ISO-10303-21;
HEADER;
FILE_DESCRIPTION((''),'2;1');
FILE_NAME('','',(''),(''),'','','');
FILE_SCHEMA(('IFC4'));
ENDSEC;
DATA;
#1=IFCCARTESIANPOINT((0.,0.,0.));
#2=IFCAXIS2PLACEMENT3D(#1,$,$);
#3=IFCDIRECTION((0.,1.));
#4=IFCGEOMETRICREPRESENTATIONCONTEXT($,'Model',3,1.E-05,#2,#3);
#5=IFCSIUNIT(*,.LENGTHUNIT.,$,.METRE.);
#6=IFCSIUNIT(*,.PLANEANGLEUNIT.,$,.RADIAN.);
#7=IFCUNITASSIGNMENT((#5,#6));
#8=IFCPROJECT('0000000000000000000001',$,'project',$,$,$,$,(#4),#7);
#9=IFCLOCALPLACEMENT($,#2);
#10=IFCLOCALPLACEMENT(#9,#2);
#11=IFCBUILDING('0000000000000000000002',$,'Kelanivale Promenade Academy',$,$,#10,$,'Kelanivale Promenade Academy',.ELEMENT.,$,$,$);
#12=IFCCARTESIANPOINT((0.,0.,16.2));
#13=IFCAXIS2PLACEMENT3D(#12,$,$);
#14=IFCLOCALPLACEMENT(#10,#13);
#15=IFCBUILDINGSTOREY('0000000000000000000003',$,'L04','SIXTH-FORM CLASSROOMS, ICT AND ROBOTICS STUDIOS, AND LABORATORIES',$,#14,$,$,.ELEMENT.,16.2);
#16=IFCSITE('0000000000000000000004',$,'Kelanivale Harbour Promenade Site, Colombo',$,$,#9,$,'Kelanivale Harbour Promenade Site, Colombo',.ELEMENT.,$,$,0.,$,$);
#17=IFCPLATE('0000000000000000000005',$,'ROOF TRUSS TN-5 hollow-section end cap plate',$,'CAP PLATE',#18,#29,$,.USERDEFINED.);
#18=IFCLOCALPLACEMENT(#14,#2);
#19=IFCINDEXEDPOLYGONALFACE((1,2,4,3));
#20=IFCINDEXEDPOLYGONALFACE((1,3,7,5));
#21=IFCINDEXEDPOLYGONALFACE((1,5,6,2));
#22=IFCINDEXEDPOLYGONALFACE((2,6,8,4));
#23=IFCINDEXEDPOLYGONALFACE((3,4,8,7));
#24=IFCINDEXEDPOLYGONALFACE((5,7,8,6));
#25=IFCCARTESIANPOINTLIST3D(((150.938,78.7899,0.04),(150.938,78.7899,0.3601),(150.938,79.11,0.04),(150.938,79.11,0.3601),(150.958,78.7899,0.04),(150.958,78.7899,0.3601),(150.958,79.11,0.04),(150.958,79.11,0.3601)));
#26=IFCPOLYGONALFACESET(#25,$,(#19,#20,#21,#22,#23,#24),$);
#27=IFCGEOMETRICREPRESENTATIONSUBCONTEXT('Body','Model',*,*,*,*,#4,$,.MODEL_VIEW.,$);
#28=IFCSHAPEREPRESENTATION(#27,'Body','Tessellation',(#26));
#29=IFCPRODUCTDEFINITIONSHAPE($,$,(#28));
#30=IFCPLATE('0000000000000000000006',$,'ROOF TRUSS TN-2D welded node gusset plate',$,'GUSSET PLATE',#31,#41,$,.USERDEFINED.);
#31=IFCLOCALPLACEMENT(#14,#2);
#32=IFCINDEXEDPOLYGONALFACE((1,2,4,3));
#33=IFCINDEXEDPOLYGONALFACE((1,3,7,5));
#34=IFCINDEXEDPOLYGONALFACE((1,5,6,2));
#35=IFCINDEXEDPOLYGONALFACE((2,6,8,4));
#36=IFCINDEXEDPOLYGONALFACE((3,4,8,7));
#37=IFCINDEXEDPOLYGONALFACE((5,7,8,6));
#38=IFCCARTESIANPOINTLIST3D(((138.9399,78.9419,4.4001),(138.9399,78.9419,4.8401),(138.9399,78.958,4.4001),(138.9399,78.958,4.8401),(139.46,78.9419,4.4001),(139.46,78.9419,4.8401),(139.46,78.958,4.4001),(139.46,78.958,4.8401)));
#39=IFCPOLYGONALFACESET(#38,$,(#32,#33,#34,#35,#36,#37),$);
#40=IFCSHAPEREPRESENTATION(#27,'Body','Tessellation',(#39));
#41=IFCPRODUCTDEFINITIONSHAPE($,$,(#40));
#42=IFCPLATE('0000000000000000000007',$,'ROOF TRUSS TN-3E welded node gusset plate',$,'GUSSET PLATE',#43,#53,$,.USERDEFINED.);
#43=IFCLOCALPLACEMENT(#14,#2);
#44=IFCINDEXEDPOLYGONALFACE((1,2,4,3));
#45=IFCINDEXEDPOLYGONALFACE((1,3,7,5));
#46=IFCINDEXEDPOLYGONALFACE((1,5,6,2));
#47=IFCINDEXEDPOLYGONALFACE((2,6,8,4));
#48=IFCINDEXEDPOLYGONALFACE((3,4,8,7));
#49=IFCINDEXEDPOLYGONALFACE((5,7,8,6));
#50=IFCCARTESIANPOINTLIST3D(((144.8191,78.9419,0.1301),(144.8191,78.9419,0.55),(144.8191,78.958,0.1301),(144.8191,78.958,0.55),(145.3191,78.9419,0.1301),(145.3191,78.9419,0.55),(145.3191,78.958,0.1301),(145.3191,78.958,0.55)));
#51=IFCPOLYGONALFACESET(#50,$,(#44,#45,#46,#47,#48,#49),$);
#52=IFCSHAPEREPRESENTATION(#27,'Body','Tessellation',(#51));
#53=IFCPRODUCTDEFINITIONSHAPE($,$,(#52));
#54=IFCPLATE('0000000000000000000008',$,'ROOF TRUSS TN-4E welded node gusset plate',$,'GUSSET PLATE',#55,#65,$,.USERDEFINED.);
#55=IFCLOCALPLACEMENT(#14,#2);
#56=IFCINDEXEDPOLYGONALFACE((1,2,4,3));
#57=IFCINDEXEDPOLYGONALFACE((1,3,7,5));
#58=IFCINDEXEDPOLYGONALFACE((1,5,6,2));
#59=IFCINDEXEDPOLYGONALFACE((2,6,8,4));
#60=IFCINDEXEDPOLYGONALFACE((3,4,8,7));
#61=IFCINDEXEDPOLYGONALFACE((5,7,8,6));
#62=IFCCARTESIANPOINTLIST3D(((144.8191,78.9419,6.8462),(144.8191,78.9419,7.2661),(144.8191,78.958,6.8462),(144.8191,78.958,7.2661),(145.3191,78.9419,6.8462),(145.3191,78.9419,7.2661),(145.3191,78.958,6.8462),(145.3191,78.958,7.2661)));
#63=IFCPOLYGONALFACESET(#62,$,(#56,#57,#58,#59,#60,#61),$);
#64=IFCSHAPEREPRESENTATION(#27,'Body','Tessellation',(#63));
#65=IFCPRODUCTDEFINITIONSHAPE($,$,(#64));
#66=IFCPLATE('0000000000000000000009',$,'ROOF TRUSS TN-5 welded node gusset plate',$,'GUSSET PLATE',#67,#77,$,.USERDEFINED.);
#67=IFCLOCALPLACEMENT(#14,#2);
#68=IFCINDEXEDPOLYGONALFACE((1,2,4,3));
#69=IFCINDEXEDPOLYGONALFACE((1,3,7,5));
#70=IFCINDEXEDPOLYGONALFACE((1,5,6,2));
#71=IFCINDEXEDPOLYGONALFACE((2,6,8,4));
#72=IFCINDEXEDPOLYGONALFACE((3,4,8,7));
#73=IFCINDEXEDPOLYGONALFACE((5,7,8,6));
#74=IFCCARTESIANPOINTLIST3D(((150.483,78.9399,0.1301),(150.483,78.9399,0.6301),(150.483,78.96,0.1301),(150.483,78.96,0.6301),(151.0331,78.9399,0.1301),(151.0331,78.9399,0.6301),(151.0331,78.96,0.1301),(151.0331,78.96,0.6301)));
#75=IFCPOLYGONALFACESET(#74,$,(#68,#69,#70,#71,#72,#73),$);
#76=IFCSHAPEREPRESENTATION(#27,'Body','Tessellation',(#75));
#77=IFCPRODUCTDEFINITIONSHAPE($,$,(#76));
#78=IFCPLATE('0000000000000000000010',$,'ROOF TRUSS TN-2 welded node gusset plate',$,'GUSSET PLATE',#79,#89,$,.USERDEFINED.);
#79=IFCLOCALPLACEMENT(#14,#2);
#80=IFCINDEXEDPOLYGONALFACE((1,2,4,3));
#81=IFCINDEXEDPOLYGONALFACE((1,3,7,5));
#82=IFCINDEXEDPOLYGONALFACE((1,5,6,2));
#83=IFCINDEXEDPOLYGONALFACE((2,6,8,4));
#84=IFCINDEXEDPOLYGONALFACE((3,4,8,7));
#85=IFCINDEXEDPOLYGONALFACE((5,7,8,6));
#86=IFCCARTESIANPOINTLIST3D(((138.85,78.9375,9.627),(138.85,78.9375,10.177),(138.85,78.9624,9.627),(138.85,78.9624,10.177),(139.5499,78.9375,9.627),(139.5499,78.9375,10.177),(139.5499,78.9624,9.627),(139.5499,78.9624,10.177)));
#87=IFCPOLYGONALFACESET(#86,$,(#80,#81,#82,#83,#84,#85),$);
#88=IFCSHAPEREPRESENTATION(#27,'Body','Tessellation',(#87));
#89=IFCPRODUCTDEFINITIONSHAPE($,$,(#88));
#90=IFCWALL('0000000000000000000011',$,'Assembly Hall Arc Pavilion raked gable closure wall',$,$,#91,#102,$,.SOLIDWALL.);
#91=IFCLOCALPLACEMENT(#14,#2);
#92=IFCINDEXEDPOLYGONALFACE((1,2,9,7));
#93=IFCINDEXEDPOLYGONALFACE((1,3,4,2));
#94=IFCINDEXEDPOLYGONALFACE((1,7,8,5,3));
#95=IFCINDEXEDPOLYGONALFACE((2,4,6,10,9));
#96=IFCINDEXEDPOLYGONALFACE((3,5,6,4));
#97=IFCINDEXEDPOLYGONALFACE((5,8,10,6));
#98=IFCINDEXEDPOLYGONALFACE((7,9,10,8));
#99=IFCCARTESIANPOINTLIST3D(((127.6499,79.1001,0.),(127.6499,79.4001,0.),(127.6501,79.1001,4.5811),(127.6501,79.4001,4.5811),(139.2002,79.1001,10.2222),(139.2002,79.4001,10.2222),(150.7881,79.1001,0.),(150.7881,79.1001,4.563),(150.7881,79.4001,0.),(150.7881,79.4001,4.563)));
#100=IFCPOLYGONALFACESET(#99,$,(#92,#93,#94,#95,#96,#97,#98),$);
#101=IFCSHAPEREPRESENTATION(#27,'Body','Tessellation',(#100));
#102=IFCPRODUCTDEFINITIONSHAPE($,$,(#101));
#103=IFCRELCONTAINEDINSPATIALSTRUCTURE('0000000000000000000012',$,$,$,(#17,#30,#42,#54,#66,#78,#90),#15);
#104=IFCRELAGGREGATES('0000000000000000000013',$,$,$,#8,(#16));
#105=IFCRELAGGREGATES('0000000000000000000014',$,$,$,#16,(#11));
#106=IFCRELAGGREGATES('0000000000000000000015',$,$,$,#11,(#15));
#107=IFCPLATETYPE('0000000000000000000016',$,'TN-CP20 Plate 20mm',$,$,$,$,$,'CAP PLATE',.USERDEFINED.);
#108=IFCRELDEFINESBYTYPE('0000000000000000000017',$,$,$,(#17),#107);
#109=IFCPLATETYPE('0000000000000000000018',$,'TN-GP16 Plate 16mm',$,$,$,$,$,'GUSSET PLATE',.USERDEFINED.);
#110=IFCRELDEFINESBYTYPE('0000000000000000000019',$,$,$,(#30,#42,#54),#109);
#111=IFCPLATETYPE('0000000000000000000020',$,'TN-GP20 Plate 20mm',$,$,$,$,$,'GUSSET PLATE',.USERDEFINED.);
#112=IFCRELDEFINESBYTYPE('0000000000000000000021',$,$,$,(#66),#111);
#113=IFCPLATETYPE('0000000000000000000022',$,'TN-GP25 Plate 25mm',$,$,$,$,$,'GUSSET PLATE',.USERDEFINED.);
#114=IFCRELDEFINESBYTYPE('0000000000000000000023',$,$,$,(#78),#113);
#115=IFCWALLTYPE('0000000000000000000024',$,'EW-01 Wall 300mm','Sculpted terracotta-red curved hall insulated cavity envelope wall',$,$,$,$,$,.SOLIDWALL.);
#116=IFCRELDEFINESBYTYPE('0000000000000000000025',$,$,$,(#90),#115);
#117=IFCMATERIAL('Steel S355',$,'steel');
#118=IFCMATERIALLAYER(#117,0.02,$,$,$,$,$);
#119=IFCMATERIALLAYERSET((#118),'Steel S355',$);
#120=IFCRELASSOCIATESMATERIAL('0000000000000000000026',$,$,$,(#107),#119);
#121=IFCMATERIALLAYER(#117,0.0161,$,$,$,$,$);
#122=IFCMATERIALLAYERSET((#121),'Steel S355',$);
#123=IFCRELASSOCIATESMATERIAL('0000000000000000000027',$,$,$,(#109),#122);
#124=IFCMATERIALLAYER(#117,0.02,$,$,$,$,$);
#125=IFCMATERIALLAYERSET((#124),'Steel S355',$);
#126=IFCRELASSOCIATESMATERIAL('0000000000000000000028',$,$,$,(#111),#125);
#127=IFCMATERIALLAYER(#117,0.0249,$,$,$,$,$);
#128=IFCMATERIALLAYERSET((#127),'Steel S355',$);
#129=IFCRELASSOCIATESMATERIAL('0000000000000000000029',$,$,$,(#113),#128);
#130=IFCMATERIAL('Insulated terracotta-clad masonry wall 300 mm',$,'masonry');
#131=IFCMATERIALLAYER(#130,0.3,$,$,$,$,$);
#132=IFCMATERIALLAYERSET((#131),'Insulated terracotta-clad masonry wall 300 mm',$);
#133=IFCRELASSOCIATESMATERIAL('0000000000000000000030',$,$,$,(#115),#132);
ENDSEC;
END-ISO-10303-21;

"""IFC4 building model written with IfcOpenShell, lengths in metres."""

from ifc_helpers import new_model, si_unit, direction, frame, origin, origin_2d, place, context, subcontext, project, spatial, polyline, rectangle, outline, extrude, material, layer, layer_set, type_object, element, save


model = new_model("IFC4")

# Units and contexts
model_context = context("Model", 3, precision=1e-05, world=origin(), true_north=direction((0.0, 1.0)))
body_context = subcontext(model_context, "Body", "Model", "MODEL_VIEW")
ifc_project = project(units=[si_unit("LENGTHUNIT", "METRE"), si_unit("PLANEANGLEUNIT", "RADIAN")], contexts=[model_context])

# Site, building, storey
site_placement = place(None, origin())
site = spatial("IfcSite", under=ifc_project, at=site_placement, Name="Kelanivale Harbour Promenade Site, Colombo", LongName="Kelanivale Harbour Promenade Site, Colombo", CompositionType="ELEMENT", RefElevation=0.0)
building_placement = place(site_placement, origin())
building = spatial("IfcBuilding", under=site, at=building_placement, Name="Kelanivale Promenade Academy", LongName="Kelanivale Promenade Academy", CompositionType="ELEMENT")
storey_placement = place(building_placement, frame((0.0, 0.0, 16.2)))
storey = spatial("IfcBuildingStorey", under=building, at=storey_placement, Name="L04", Description="SIXTH-FORM CLASSROOMS, ICT AND ROBOTICS STUDIOS, AND LABORATORIES", CompositionType="ELEMENT", Elevation=16.2)

# Shared definitions
ifc_material_1 = material(Name="Steel S355", Category="steel")

# Plates
ifc_layer_1 = layer(ifc_material_1, 0.02)
ifc_layer_set_1 = layer_set([ifc_layer_1], Name="Steel S355")
plate_type_1 = type_object("IfcPlateType", Name="TN-CP20 Plate 20mm", ElementType="CAP PLATE", PredefinedType="USERDEFINED", material=ifc_layer_set_1)
plate_1_placement = place(storey_placement, frame((150.948, 78.95, 0.04), z_axis=(0.0, 0.0, 1.0), x_axis=(1.0, 0.0, 0.0)))
element("IfcPlate", 1, at=plate_1_placement, inside=storey, type_object=plate_type_1, Name="ROOF TRUSS TN-5 hollow-section end cap plate", ObjectType="CAP PLATE", PredefinedType="USERDEFINED", context=body_context, shape_type="SweptSolid", body=[
    extrude(rectangle(XDim=0.02, YDim=0.3201, at=origin_2d()), origin(), (0.0, 0.0, 1.0), 0.3201),
])
ifc_layer_2 = layer(ifc_material_1, 0.0161)
ifc_layer_set_2 = layer_set([ifc_layer_2], Name="Steel S355")
plate_type_2 = type_object("IfcPlateType", Name="TN-GP16 Plate 16mm", ElementType="GUSSET PLATE", PredefinedType="USERDEFINED", material=ifc_layer_set_2)
plate_2_placement = place(storey_placement, frame((139.2, 78.95, 4.4001), z_axis=(0.0, 0.0, 1.0), x_axis=(1.0, 0.0, 0.0)))
element("IfcPlate", 2, at=plate_2_placement, inside=storey, type_object=plate_type_2, Name="ROOF TRUSS TN-2D welded node gusset plate", ObjectType="GUSSET PLATE", PredefinedType="USERDEFINED", context=body_context, shape_type="SweptSolid", body=[
    extrude(rectangle(XDim=0.52, YDim=0.0161, at=origin_2d()), origin(), (0.0, 0.0, 1.0), 0.4399),
])
for number, where, z_axis, x_axis, name in (
    (3, (145.0691, 78.95, 0.1301), (0.0, 0.0, 1.0), (1.0, 0.0, 0.0), "ROOF TRUSS TN-3E welded node gusset plate"),
    (4, (145.0691, 78.95, 6.8462), (0.0, 0.0, 1.0), (1.0, 0.0, 0.0), "ROOF TRUSS TN-4E welded node gusset plate"),
):
    element("IfcPlate", number, at=place(storey_placement, frame(where, z_axis=z_axis, x_axis=x_axis)), inside=storey, type_object=plate_type_2, Name=name, ObjectType="GUSSET PLATE", PredefinedType="USERDEFINED", context=body_context, shape_type="SweptSolid", body=[
        extrude(rectangle(XDim=0.5, YDim=0.0161, at=origin_2d()), origin(), (0.0, 0.0, 1.0), 0.4199),
    ])
ifc_layer_3 = layer(ifc_material_1, 0.02)
ifc_layer_set_3 = layer_set([ifc_layer_3], Name="Steel S355")
plate_type_3 = type_object("IfcPlateType", Name="TN-GP20 Plate 20mm", ElementType="GUSSET PLATE", PredefinedType="USERDEFINED", material=ifc_layer_set_3)
plate_3_placement = place(storey_placement, frame((150.7581, 78.95, 0.1301), z_axis=(0.0, 0.0, 1.0), x_axis=(1.0, 0.0, 0.0)))
element("IfcPlate", 5, at=plate_3_placement, inside=storey, type_object=plate_type_3, Name="ROOF TRUSS TN-5 welded node gusset plate", ObjectType="GUSSET PLATE", PredefinedType="USERDEFINED", context=body_context, shape_type="SweptSolid", body=[
    extrude(rectangle(XDim=0.55, YDim=0.02, at=origin_2d()), origin(), (0.0, 0.0, 1.0), 0.5),
])
ifc_layer_4 = layer(ifc_material_1, 0.0249)
ifc_layer_set_4 = layer_set([ifc_layer_4], Name="Steel S355")
plate_type_4 = type_object("IfcPlateType", Name="TN-GP25 Plate 25mm", ElementType="GUSSET PLATE", PredefinedType="USERDEFINED", material=ifc_layer_set_4)
plate_4_placement = place(storey_placement, frame((139.2, 78.95, 9.627), z_axis=(0.0, 0.0, 1.0), x_axis=(1.0, 0.0, 0.0)))
element("IfcPlate", 6, at=plate_4_placement, inside=storey, type_object=plate_type_4, Name="ROOF TRUSS TN-2 welded node gusset plate", ObjectType="GUSSET PLATE", PredefinedType="USERDEFINED", context=body_context, shape_type="SweptSolid", body=[
    extrude(rectangle(XDim=0.7, YDim=0.0249, at=origin_2d()), origin(), (0.0, 0.0, 1.0), 0.55),
])

# Wall
ifc_material_2 = material(Name="Insulated terracotta-clad masonry wall 300 mm", Category="masonry")
ifc_layer_5 = layer(ifc_material_2, 0.3)
ifc_layer_set_5 = layer_set([ifc_layer_5], Name="Insulated terracotta-clad masonry wall 300 mm")
wall_type = type_object("IfcWallType", Name="EW-01 Wall 300mm", Description="Sculpted terracotta-red curved hall insulated cavity envelope wall", PredefinedType="SOLIDWALL", material=ifc_layer_set_5)
wall_placement = place(storey_placement, frame((150.7881, 79.25, 0.0), z_axis=(0.0, 0.0, 1.0), x_axis=(-1.0, 0.0, 0.0)))
element("IfcWall", 7, at=wall_placement, inside=storey, type_object=wall_type, Name="Assembly Hall Arc Pavilion raked gable closure wall", PredefinedType="SOLIDWALL", context=body_context, shape_type="SweptSolid", body=[
    extrude(outline(polyline([(0.0, 0.0), (23.1382, 0.0), (23.1379, 4.5811), (11.5879, 10.2222), (0.0, 4.563), (0.0, 0.0)])), frame((0.0, 0.1499, 0.0), z_axis=(0.0, -1.0, 0.0), x_axis=(1.0, 0.0, 0.0)), (0.0, 0.0, 1.0), 0.3),
])

save(model, "model.ifc")
